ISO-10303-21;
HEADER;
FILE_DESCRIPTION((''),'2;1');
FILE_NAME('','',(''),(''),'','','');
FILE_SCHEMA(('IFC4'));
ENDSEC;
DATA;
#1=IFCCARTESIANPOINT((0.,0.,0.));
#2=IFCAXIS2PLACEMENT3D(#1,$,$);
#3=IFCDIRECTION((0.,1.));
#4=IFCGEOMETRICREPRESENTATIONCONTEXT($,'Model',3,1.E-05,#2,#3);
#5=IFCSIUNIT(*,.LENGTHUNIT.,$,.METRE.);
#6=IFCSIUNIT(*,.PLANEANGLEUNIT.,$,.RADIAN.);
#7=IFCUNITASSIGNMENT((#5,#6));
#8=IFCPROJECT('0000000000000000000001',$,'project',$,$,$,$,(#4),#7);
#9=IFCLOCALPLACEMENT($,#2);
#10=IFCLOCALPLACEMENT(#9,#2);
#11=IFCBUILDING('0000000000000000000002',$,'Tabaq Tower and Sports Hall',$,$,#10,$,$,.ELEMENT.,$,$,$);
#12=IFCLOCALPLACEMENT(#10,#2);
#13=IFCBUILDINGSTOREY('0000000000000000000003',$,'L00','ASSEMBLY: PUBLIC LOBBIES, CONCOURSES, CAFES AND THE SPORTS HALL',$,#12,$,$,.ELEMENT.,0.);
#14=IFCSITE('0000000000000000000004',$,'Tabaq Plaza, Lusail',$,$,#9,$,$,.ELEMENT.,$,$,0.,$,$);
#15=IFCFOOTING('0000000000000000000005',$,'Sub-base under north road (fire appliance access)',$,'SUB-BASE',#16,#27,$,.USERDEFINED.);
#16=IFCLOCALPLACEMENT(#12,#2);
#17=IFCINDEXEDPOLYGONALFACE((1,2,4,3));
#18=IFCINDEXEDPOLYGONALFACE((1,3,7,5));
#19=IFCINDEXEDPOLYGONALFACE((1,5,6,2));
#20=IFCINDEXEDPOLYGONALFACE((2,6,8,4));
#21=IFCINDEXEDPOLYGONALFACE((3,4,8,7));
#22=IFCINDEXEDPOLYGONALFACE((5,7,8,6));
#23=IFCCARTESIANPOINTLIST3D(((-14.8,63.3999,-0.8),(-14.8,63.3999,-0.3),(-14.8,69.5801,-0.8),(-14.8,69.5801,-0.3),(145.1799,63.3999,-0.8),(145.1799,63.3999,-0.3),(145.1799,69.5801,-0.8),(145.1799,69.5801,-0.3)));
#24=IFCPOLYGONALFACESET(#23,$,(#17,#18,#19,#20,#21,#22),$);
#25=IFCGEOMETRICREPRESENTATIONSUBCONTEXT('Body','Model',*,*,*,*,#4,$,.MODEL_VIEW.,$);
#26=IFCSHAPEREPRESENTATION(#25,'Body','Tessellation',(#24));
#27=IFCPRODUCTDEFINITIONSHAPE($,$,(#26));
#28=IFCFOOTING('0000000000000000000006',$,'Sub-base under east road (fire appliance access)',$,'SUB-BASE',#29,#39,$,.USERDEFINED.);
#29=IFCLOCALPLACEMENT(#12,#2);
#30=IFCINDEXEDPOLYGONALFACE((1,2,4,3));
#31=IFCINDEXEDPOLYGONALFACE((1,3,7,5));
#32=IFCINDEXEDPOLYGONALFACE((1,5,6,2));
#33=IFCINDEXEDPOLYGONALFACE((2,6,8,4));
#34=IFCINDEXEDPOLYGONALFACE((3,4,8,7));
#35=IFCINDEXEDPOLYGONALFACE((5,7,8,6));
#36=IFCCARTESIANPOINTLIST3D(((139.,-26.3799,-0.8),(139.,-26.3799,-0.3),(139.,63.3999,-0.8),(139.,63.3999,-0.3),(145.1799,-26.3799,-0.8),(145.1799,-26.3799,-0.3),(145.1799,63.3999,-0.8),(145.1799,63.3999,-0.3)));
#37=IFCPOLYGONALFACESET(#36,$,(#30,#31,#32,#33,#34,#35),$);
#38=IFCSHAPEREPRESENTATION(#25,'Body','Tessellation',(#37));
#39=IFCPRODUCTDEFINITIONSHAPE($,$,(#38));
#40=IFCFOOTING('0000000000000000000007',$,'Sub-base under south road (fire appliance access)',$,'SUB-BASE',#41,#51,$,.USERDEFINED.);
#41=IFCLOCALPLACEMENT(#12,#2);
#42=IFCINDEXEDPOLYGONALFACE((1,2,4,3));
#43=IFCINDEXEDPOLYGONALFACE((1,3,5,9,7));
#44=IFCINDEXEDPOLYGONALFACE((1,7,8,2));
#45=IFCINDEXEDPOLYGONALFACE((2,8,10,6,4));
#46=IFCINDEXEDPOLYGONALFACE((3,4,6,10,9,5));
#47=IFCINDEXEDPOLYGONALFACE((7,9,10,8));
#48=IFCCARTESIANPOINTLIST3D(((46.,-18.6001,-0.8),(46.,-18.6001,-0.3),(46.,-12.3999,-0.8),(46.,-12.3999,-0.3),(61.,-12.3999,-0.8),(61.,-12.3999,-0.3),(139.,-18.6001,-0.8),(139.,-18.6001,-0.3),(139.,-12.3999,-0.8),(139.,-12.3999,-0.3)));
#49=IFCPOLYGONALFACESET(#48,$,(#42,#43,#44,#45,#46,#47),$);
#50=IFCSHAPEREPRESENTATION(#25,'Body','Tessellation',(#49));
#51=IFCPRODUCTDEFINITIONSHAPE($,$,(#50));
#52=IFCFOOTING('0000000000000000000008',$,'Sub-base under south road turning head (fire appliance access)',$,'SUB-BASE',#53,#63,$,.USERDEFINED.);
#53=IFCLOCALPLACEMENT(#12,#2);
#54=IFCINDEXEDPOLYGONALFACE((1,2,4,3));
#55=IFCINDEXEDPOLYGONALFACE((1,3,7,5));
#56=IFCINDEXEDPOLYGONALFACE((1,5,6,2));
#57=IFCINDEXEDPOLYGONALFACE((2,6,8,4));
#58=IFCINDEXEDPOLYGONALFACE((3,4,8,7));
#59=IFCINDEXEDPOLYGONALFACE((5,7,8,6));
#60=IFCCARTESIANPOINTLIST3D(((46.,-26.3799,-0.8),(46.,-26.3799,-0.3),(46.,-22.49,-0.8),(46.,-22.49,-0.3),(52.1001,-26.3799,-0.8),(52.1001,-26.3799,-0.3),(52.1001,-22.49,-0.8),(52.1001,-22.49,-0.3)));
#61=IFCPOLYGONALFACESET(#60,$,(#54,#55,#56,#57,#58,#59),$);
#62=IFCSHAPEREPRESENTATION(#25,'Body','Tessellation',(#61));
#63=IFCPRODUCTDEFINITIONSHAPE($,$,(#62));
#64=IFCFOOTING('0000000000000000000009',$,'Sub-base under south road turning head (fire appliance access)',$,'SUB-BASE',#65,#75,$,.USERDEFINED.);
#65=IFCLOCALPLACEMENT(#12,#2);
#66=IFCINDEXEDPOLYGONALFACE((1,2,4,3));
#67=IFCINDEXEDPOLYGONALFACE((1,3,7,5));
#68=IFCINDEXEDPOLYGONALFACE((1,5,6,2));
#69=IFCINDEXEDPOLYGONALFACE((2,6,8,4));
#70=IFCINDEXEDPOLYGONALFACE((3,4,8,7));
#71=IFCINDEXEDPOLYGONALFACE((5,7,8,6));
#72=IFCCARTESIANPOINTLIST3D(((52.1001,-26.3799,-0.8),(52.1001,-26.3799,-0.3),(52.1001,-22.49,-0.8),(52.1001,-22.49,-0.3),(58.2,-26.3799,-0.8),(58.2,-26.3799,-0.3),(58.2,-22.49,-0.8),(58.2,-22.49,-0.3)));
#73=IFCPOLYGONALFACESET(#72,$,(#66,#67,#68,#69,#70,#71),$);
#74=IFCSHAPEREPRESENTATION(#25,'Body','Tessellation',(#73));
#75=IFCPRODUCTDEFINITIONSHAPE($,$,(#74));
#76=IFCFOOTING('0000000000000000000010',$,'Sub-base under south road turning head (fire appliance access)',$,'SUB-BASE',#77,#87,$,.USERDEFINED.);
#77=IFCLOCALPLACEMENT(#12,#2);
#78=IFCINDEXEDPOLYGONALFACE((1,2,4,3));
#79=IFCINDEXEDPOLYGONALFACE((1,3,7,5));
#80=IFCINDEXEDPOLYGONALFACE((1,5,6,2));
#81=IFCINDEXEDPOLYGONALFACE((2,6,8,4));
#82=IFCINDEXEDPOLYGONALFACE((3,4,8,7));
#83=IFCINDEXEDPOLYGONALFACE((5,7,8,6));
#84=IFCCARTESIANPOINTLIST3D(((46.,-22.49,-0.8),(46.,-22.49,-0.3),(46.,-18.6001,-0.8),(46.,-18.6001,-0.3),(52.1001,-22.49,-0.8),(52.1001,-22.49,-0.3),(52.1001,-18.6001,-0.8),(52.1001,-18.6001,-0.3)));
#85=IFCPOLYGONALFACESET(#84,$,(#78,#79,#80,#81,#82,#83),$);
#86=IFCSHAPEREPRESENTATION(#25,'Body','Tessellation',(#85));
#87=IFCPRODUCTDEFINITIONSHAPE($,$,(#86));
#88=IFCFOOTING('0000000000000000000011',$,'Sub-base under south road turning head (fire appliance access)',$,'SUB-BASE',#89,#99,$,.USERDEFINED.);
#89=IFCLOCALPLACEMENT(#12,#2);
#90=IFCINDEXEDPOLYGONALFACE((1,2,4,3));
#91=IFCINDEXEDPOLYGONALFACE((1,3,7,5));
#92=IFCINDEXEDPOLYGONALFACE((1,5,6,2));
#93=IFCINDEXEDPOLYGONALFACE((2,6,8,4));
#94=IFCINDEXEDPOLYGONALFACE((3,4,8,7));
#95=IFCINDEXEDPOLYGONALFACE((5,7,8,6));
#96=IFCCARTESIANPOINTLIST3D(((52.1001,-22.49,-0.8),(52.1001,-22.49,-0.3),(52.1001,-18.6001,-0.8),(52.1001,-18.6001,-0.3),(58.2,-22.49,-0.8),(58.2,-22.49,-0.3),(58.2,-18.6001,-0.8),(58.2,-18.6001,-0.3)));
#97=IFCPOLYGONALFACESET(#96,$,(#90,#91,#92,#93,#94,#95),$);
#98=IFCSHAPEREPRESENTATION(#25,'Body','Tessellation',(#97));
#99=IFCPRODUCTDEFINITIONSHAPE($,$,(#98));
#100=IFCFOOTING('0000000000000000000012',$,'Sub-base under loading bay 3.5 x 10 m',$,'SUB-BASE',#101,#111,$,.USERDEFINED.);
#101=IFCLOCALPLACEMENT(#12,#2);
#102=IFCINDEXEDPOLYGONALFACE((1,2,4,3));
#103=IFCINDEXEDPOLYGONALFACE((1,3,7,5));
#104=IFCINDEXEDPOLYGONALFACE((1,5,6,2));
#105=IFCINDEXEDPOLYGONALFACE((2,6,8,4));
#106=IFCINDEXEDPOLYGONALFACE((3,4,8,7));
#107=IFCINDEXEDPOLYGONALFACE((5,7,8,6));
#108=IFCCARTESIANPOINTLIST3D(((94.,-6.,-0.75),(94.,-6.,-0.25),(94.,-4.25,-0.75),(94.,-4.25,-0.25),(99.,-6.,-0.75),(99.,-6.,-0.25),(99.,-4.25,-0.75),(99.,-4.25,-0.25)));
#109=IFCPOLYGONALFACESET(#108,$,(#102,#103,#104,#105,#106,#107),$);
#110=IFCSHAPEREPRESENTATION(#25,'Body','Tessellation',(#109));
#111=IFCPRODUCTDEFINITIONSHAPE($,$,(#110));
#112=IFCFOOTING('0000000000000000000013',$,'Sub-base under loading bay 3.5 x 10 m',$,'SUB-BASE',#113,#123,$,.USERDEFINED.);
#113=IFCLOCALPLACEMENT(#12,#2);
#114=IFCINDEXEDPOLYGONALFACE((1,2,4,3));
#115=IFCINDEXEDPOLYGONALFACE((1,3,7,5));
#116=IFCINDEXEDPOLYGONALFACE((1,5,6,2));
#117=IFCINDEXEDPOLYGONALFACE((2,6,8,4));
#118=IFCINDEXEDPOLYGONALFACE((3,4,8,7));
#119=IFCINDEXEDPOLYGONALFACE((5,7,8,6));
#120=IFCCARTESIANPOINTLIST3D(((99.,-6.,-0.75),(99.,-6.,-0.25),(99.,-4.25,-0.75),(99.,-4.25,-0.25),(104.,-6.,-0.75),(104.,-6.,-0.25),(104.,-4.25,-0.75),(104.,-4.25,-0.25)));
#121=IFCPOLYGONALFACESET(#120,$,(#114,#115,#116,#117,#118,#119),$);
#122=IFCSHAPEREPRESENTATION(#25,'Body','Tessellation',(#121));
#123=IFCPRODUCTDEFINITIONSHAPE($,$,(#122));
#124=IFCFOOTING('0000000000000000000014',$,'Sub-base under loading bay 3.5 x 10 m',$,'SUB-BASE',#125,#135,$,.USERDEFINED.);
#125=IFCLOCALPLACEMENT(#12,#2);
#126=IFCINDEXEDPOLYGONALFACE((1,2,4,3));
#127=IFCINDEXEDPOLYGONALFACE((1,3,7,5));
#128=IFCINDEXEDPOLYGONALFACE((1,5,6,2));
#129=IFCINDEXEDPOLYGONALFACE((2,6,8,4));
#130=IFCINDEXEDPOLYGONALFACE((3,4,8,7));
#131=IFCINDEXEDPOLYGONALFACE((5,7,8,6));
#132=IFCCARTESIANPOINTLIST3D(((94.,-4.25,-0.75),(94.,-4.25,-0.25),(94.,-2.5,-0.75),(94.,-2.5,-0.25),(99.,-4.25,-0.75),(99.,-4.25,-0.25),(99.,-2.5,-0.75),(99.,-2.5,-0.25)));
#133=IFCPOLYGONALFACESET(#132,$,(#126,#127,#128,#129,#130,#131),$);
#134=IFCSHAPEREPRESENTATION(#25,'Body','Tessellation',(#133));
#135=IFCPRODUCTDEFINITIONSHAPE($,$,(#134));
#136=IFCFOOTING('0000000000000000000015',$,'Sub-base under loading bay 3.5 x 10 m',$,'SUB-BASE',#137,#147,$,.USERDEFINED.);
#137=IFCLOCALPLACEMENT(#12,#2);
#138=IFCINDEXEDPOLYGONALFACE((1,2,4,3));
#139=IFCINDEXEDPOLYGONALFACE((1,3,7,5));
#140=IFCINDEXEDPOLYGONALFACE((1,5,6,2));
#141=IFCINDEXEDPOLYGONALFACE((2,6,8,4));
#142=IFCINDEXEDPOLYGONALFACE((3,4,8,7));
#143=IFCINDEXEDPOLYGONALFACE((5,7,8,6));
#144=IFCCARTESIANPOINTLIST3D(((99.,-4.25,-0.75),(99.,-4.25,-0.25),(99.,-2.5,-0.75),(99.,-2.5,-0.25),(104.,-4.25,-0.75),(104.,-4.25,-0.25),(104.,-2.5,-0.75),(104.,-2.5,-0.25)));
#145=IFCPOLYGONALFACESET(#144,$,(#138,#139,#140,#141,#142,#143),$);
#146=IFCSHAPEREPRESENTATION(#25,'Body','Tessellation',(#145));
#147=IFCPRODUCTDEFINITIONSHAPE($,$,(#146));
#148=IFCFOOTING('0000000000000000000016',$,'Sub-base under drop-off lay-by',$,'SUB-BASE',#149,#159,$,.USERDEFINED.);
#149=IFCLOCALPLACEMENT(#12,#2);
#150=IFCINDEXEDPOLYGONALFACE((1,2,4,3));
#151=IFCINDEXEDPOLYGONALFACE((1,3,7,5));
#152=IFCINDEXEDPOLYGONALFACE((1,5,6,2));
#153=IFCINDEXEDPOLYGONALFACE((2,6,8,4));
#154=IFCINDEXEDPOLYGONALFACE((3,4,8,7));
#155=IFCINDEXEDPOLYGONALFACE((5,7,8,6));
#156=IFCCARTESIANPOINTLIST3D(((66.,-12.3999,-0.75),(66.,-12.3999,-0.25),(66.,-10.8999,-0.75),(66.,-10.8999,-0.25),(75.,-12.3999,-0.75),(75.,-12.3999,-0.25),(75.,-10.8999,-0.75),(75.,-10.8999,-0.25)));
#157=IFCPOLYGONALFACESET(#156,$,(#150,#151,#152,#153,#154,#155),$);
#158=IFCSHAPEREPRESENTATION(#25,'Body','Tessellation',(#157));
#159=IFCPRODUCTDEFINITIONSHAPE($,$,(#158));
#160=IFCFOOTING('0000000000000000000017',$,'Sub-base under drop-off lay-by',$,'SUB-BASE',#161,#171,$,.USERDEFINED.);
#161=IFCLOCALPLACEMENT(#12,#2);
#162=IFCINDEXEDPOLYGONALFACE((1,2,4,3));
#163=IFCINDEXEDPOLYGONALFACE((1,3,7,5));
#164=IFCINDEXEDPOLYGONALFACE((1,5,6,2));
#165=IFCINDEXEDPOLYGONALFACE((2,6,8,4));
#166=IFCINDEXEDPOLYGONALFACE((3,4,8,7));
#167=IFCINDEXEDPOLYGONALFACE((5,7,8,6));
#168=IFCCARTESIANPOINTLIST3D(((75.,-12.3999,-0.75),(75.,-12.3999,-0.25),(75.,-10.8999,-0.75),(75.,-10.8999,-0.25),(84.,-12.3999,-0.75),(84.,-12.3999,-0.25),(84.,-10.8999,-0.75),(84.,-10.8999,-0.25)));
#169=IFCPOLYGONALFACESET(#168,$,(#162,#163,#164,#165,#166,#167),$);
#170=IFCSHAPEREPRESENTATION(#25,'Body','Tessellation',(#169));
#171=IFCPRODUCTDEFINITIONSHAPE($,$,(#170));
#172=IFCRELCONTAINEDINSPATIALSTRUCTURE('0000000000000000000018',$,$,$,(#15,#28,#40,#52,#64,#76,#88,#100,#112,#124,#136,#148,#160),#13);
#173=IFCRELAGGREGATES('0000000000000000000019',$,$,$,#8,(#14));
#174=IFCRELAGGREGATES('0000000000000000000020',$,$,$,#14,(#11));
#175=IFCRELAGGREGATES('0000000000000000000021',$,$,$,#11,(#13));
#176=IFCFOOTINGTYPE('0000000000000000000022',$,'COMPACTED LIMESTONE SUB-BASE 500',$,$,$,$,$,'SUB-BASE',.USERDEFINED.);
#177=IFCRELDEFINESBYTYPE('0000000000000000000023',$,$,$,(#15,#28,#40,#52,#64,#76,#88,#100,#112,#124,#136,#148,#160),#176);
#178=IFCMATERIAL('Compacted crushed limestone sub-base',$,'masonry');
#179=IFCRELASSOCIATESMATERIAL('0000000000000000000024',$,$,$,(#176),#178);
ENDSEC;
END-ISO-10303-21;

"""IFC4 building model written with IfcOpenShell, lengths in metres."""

from ifc_helpers import new_model, si_unit, direction, frame, origin, place, context, subcontext, project, spatial, polyline, outline, extrude, material, type_object, element, save


model = new_model("IFC4")

# Units and contexts
model_context = context("Model", 3, precision=1e-05, world=origin(), true_north=direction((0.0, 1.0)))
body_context = subcontext(model_context, "Body", "Model", "MODEL_VIEW")
ifc_project = project(units=[si_unit("LENGTHUNIT", "METRE"), si_unit("PLANEANGLEUNIT", "RADIAN")], contexts=[model_context])

# Site, building, storey
site_placement = place(None, origin())
site = spatial("IfcSite", under=ifc_project, at=site_placement, Name="Tabaq Plaza, Lusail", CompositionType="ELEMENT", RefElevation=0.0)
building_placement = place(site_placement, origin())
building = spatial("IfcBuilding", under=site, at=building_placement, Name="Tabaq Tower and Sports Hall", CompositionType="ELEMENT")
storey_placement = place(building_placement, origin())
storey = spatial("IfcBuildingStorey", under=building, at=storey_placement, Name="L00", Description="ASSEMBLY: PUBLIC LOBBIES, CONCOURSES, CAFES AND THE SPORTS HALL", CompositionType="ELEMENT", Elevation=0.0)

# Footings
ifc_material = material(Name="Compacted crushed limestone sub-base", Category="masonry")
footing_type = type_object("IfcFootingType", Name="COMPACTED LIMESTONE SUB-BASE 500", ElementType="SUB-BASE", PredefinedType="USERDEFINED", material=ifc_material)
footing_1_placement = place(storey_placement, frame((0.0, 0.0, -0.8)))
element("IfcFooting", 1, at=footing_1_placement, inside=storey, type_object=footing_type, Name="Sub-base under north road (fire appliance access)", ObjectType="SUB-BASE", PredefinedType="USERDEFINED", context=body_context, shape_type="SweptSolid", body=[
    extrude(outline(polyline([(145.1799, 69.5801), (-14.8, 69.5801), (-14.8, 63.3999), (145.1799, 63.3999), (145.1799, 69.5801)])), origin(), (0.0, 0.0, 1.0), 0.5),
])
footing_2_placement = place(storey_placement, frame((0.0, 0.0, -0.8)))
element("IfcFooting", 2, at=footing_2_placement, inside=storey, type_object=footing_type, Name="Sub-base under east road (fire appliance access)", ObjectType="SUB-BASE", PredefinedType="USERDEFINED", context=body_context, shape_type="SweptSolid", body=[
    extrude(outline(polyline([(145.1799, 63.3999), (139.0, 63.3999), (139.0, -26.3799), (145.1799, -26.3799), (145.1799, 63.3999)])), origin(), (0.0, 0.0, 1.0), 0.5),
])
footing_3_placement = place(storey_placement, frame((0.0, 0.0, -0.8)))
element("IfcFooting", 3, at=footing_3_placement, inside=storey, type_object=footing_type, Name="Sub-base under south road (fire appliance access)", ObjectType="SUB-BASE", PredefinedType="USERDEFINED", context=body_context, shape_type="SweptSolid", body=[
    extrude(outline(polyline([(46.0, -18.6001), (139.0, -18.6001), (139.0, -12.3999), (61.0, -12.3999), (46.0, -12.3999), (46.0, -18.6001)])), origin(), (0.0, 0.0, 1.0), 0.5),
])
footing_4_placement = place(storey_placement, frame((0.0, 0.0, -0.8)))
element("IfcFooting", 4, at=footing_4_placement, inside=storey, type_object=footing_type, Name="Sub-base under south road turning head (fire appliance access)", ObjectType="SUB-BASE", PredefinedType="USERDEFINED", context=body_context, shape_type="SweptSolid", body=[
    extrude(outline(polyline([(46.0, -26.3799), (52.1001, -26.3799), (52.1001, -22.49), (46.0, -22.49), (46.0, -26.3799)])), origin(), (0.0, 0.0, 1.0), 0.5),
])
footing_5_placement = place(storey_placement, frame((0.0, 0.0, -0.8)))
element("IfcFooting", 5, at=footing_5_placement, inside=storey, type_object=footing_type, Name="Sub-base under south road turning head (fire appliance access)", ObjectType="SUB-BASE", PredefinedType="USERDEFINED", context=body_context, shape_type="SweptSolid", body=[
    extrude(outline(polyline([(58.2, -26.3799), (58.2, -22.49), (52.1001, -22.49), (52.1001, -26.3799), (58.2, -26.3799)])), origin(), (0.0, 0.0, 1.0), 0.5),
])
footing_6_placement = place(storey_placement, frame((0.0, 0.0, -0.8)))
element("IfcFooting", 6, at=footing_6_placement, inside=storey, type_object=footing_type, Name="Sub-base under south road turning head (fire appliance access)", ObjectType="SUB-BASE", PredefinedType="USERDEFINED", context=body_context, shape_type="SweptSolid", body=[
    extrude(outline(polyline([(46.0, -18.6001), (46.0, -22.49), (52.1001, -22.49), (52.1001, -18.6001), (46.0, -18.6001)])), origin(), (0.0, 0.0, 1.0), 0.5),
])
footing_7_placement = place(storey_placement, frame((0.0, 0.0, -0.8)))
element("IfcFooting", 7, at=footing_7_placement, inside=storey, type_object=footing_type, Name="Sub-base under south road turning head (fire appliance access)", ObjectType="SUB-BASE", PredefinedType="USERDEFINED", context=body_context, shape_type="SweptSolid", body=[
    extrude(outline(polyline([(58.2, -22.49), (58.2, -18.6001), (52.1001, -18.6001), (52.1001, -22.49), (58.2, -22.49)])), origin(), (0.0, 0.0, 1.0), 0.5),
])
footing_8_placement = place(storey_placement, frame((0.0, 0.0, -0.75)))
element("IfcFooting", 8, at=footing_8_placement, inside=storey, type_object=footing_type, Name="Sub-base under loading bay 3.5 x 10 m", ObjectType="SUB-BASE", PredefinedType="USERDEFINED", context=body_context, shape_type="SweptSolid", body=[
    extrude(outline(polyline([(94.0, -4.25), (94.0, -6.0), (99.0, -6.0), (99.0, -4.25), (94.0, -4.25)])), origin(), (0.0, 0.0, 1.0), 0.5),
])
footing_9_placement = place(storey_placement, frame((0.0, 0.0, -0.75)))
element("IfcFooting", 9, at=footing_9_placement, inside=storey, type_object=footing_type, Name="Sub-base under loading bay 3.5 x 10 m", ObjectType="SUB-BASE", PredefinedType="USERDEFINED", context=body_context, shape_type="SweptSolid", body=[
    extrude(outline(polyline([(104.0, -6.0), (104.0, -4.25), (99.0, -4.25), (99.0, -6.0), (104.0, -6.0)])), origin(), (0.0, 0.0, 1.0), 0.5),
])
footing_10_placement = place(storey_placement, frame((0.0, 0.0, -0.75)))
element("IfcFooting", 10, at=footing_10_placement, inside=storey, type_object=footing_type, Name="Sub-base under loading bay 3.5 x 10 m", ObjectType="SUB-BASE", PredefinedType="USERDEFINED", context=body_context, shape_type="SweptSolid", body=[
    extrude(outline(polyline([(94.0, -2.5), (94.0, -4.25), (99.0, -4.25), (99.0, -2.5), (94.0, -2.5)])), origin(), (0.0, 0.0, 1.0), 0.5),
])
footing_11_placement = place(storey_placement, frame((0.0, 0.0, -0.75)))
element("IfcFooting", 11, at=footing_11_placement, inside=storey, type_object=footing_type, Name="Sub-base under loading bay 3.5 x 10 m", ObjectType="SUB-BASE", PredefinedType="USERDEFINED", context=body_context, shape_type="SweptSolid", body=[
    extrude(outline(polyline([(104.0, -2.5), (99.0, -2.5), (99.0, -4.25), (104.0, -4.25), (104.0, -2.5)])), origin(), (0.0, 0.0, 1.0), 0.5),
])
footing_12_placement = place(storey_placement, frame((0.0, 0.0, -0.75)))
element("IfcFooting", 12, at=footing_12_placement, inside=storey, type_object=footing_type, Name="Sub-base under drop-off lay-by", ObjectType="SUB-BASE", PredefinedType="USERDEFINED", context=body_context, shape_type="SweptSolid", body=[
    extrude(outline(polyline([(66.0, -12.3999), (75.0, -12.3999), (75.0, -10.8999), (66.0, -10.8999), (66.0, -12.3999)])), origin(), (0.0, 0.0, 1.0), 0.5),
])
footing_13_placement = place(storey_placement, frame((0.0, 0.0, -0.75)))
element("IfcFooting", 13, at=footing_13_placement, inside=storey, type_object=footing_type, Name="Sub-base under drop-off lay-by", ObjectType="SUB-BASE", PredefinedType="USERDEFINED", context=body_context, shape_type="SweptSolid", body=[
    extrude(outline(polyline([(75.0, -12.3999), (84.0, -12.3999), (84.0, -10.8999), (75.0, -10.8999), (75.0, -12.3999)])), origin(), (0.0, 0.0, 1.0), 0.5),
])

save(model, "model.ifc")
